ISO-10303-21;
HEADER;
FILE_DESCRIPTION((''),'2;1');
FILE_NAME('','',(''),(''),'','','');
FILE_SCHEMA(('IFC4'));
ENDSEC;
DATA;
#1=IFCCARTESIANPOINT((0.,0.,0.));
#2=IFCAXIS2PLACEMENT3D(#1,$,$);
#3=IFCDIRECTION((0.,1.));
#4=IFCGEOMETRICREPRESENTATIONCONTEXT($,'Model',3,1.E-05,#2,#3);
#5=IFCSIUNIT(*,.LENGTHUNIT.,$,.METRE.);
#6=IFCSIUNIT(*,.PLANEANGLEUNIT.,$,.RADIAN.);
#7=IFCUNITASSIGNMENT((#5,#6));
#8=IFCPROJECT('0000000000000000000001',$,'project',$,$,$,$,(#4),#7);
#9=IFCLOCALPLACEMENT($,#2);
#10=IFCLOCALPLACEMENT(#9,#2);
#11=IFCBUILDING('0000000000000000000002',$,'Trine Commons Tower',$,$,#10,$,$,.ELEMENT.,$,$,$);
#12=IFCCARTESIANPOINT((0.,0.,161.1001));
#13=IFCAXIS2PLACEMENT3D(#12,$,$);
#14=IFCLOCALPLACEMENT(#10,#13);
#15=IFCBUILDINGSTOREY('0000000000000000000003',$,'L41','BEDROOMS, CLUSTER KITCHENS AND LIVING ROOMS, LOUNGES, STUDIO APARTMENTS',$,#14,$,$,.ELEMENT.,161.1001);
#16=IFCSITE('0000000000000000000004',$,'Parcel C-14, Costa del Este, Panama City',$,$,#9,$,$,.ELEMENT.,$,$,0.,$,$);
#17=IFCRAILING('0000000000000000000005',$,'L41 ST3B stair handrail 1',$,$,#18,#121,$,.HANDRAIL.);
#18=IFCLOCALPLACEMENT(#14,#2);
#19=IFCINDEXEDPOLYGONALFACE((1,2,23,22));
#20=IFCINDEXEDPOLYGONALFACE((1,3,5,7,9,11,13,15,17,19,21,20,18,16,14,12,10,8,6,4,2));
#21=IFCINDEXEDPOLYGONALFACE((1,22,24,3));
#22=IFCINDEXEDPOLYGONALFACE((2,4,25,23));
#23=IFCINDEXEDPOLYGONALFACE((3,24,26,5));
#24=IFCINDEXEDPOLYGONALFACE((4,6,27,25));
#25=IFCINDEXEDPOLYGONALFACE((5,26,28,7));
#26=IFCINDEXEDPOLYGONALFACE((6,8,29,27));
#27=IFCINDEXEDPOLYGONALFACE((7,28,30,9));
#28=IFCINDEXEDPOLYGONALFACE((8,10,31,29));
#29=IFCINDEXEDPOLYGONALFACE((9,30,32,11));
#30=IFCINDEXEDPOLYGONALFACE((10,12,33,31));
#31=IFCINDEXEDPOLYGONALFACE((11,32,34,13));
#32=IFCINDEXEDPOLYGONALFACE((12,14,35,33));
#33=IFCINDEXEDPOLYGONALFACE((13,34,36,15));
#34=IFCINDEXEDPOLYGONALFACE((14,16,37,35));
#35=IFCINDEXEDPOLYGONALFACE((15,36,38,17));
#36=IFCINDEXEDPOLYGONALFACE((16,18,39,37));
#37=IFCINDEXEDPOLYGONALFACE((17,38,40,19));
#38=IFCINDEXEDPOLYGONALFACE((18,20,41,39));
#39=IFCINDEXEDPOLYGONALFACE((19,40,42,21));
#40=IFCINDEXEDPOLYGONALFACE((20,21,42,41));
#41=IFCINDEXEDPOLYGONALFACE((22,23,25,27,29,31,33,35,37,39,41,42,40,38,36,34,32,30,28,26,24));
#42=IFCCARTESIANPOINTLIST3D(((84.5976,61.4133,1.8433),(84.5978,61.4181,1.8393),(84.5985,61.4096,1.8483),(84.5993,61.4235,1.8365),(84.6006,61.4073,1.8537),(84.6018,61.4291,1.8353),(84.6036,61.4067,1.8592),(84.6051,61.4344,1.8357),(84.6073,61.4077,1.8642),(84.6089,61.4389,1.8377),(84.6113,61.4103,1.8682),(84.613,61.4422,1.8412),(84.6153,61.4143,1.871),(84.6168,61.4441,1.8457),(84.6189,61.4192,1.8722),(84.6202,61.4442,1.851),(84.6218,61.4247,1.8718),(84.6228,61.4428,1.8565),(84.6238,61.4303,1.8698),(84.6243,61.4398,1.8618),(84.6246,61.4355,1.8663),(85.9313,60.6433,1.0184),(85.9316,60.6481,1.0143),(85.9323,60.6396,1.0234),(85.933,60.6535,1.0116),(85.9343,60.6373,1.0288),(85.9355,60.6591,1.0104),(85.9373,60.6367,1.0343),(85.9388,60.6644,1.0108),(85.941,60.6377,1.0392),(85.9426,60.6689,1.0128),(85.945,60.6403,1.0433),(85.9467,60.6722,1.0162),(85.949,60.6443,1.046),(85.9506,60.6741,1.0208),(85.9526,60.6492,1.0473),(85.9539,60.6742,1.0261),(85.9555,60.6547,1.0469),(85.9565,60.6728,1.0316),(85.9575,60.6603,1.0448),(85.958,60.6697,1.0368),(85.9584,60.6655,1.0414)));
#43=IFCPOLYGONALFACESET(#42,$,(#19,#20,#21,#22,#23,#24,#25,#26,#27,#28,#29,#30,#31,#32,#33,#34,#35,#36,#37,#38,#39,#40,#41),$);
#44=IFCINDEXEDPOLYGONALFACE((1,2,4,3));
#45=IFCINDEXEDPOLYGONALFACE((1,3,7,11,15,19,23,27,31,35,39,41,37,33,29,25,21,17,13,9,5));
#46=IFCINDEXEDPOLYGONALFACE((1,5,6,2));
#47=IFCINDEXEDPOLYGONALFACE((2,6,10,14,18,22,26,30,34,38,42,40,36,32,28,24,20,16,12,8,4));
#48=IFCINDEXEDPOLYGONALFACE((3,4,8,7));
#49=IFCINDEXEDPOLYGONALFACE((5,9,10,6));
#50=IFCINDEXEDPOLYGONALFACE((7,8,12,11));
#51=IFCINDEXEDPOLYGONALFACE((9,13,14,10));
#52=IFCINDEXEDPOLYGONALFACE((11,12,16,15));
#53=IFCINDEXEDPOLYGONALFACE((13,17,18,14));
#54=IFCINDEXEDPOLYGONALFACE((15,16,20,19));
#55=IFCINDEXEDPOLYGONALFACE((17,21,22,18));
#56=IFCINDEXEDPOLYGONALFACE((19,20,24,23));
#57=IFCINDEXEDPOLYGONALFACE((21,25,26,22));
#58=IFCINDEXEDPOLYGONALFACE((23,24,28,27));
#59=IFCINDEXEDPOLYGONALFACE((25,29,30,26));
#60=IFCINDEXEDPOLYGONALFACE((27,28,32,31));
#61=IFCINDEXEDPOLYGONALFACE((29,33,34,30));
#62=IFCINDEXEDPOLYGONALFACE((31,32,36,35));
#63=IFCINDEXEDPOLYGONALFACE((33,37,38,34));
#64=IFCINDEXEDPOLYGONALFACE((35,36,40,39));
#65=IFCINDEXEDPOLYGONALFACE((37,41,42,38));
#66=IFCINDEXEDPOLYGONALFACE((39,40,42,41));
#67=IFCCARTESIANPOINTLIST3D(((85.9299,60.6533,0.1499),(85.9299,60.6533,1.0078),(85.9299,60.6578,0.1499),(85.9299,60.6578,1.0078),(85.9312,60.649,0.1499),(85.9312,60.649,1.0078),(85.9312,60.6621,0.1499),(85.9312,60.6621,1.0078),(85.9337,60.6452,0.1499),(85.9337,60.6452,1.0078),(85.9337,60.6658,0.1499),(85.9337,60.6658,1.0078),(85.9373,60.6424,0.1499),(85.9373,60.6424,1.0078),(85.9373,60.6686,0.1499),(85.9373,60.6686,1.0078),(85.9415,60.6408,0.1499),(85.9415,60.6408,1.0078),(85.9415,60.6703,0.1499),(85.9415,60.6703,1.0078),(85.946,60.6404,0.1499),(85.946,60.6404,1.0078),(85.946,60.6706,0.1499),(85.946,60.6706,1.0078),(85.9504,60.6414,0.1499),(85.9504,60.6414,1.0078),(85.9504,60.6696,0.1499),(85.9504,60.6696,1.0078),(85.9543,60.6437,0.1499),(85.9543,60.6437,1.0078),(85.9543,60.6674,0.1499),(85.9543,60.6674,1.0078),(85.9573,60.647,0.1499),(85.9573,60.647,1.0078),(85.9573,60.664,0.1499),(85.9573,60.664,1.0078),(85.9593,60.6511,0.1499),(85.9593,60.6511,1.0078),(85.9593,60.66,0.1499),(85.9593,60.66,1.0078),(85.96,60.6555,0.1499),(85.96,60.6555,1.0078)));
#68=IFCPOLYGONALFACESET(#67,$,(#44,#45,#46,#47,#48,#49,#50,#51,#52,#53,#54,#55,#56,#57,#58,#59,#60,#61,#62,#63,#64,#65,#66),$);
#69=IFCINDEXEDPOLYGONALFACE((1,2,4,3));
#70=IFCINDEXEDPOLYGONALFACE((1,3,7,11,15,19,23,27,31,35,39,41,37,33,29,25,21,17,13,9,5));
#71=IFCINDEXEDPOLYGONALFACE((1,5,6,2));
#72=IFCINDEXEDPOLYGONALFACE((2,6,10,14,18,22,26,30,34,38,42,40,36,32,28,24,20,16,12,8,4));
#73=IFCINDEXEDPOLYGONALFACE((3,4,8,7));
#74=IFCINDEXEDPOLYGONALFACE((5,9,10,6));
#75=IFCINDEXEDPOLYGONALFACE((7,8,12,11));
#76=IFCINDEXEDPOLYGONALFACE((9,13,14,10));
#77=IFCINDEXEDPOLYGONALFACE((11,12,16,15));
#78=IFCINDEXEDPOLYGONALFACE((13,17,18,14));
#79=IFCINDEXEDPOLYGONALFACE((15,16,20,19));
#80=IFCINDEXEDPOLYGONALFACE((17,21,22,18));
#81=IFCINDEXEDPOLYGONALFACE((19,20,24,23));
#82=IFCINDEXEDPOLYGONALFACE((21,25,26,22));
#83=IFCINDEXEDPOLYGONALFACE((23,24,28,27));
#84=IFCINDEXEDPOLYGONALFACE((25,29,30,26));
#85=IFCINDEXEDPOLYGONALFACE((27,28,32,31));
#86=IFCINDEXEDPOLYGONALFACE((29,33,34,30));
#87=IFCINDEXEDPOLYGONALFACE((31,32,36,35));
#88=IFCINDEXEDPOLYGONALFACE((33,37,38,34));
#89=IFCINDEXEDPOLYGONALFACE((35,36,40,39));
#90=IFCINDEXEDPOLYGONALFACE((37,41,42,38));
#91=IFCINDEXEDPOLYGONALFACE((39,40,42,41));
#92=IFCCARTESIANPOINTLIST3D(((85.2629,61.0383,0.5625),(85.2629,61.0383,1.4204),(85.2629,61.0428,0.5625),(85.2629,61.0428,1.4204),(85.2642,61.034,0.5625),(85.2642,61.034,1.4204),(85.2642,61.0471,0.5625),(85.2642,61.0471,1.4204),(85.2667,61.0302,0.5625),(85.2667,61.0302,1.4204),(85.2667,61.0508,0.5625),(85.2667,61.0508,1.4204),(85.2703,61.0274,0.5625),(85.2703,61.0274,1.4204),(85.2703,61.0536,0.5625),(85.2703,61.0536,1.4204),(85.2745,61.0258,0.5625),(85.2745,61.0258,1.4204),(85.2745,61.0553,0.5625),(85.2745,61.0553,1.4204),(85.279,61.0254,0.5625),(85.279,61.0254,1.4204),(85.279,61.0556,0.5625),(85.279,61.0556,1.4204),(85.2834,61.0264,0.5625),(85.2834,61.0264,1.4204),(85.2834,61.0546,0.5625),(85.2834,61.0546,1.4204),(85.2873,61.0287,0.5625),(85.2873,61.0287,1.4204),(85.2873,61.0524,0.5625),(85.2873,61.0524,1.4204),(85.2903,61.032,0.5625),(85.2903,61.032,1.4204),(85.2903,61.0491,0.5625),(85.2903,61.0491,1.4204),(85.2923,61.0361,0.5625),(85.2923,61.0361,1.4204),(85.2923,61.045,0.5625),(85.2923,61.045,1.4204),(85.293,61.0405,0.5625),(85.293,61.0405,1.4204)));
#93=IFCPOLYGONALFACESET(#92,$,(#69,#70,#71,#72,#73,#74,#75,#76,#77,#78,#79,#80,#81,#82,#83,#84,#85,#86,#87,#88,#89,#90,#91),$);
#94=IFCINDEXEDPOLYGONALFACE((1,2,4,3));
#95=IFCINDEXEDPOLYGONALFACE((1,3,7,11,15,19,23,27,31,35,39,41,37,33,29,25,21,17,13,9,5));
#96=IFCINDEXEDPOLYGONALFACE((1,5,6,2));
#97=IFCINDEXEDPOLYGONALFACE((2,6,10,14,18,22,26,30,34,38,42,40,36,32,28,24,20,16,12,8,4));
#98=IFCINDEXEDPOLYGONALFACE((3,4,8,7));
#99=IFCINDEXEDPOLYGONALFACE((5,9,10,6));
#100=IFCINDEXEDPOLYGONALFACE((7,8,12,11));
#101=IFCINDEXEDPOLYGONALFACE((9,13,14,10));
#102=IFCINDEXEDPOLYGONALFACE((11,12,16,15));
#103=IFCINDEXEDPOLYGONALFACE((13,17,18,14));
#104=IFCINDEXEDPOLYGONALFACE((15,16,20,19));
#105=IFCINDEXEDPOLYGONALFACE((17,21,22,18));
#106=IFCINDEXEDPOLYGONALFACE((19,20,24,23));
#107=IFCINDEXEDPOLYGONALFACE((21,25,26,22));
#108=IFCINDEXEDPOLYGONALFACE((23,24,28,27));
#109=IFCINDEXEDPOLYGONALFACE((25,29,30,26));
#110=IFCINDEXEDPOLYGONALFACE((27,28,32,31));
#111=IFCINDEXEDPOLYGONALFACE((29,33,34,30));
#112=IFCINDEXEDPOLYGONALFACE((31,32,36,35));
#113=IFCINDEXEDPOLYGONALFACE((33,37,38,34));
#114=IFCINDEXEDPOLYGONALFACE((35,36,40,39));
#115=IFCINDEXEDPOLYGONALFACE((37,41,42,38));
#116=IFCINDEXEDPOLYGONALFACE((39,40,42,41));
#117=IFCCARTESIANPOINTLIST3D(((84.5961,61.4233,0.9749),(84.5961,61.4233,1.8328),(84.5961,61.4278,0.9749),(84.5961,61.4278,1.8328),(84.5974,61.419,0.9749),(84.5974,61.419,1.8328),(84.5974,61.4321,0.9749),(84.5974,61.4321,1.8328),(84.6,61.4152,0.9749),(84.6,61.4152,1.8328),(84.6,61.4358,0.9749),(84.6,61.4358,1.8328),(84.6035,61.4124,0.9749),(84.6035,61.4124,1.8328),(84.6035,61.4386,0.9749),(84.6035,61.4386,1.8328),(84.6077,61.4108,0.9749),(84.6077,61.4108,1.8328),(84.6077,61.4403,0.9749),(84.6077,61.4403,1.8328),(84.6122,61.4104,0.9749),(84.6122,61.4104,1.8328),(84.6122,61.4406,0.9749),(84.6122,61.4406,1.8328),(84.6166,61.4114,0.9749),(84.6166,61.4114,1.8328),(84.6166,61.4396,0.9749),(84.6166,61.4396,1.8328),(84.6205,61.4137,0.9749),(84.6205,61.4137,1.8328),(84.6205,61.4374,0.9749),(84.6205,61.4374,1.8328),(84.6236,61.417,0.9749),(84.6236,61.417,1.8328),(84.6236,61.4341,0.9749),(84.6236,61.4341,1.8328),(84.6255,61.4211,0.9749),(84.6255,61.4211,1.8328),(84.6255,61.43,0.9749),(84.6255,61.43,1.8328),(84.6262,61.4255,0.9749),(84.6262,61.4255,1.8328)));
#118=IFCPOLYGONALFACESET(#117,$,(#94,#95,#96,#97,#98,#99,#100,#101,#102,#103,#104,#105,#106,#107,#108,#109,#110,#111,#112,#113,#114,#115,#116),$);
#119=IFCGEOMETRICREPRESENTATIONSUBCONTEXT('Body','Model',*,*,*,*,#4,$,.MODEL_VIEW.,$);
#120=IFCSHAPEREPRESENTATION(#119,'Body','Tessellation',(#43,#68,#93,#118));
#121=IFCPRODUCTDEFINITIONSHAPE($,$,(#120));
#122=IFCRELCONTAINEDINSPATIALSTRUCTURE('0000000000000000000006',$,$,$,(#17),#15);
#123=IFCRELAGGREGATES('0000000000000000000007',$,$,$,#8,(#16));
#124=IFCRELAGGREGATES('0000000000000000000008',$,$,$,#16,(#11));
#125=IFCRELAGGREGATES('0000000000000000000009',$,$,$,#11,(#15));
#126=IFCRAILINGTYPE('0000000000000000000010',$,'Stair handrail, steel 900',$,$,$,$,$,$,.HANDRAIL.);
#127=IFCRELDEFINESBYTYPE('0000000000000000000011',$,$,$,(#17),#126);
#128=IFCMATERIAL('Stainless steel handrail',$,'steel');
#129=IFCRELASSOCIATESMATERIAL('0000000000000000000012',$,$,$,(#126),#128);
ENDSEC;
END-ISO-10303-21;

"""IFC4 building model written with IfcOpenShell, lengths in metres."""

from ifc_helpers import new_model, si_unit, direction, frame, origin, origin_2d, place, context, subcontext, project, spatial, circle, extrude, material, type_object, element, save


model = new_model("IFC4")

# Units and contexts
model_context = context("Model", 3, precision=1e-05, world=origin(), true_north=direction((0.0, 1.0)))
body_context = subcontext(model_context, "Body", "Model", "MODEL_VIEW")
ifc_project = project(units=[si_unit("LENGTHUNIT", "METRE"), si_unit("PLANEANGLEUNIT", "RADIAN")], contexts=[model_context])

# Site, building, storey
site_placement = place(None, origin())
site = spatial("IfcSite", under=ifc_project, at=site_placement, Name="Parcel C-14, Costa del Este, Panama City", CompositionType="ELEMENT", RefElevation=0.0)
building_placement = place(site_placement, origin())
building = spatial("IfcBuilding", under=site, at=building_placement, Name="Trine Commons Tower", CompositionType="ELEMENT")
storey_placement = place(building_placement, frame((0.0, 0.0, 161.1001)))
storey = spatial("IfcBuildingStorey", under=building, at=storey_placement, Name="L41", Description="BEDROOMS, CLUSTER KITCHENS AND LIVING ROOMS, LOUNGES, STUDIO APARTMENTS", CompositionType="ELEMENT", Elevation=161.1001)

# Railing
ifc_material_1 = material(Name="Stainless steel handrail", Category="steel")
railing_type_1 = type_object("IfcRailingType", Name="Stair handrail, steel 900", PredefinedType="HANDRAIL", material=ifc_material_1)
for number, where, name in (
    (1, (85.9448, 60.6555, 0.1499), "L41 ST3B stair handrail 1"),
):
    element("IfcRailing", number, at=place(storey_placement, frame(where)), inside=storey, type_object=railing_type_1, Name=name, PredefinedType="HANDRAIL", context=body_context, shape_type="SweptSolid", body=[
        extrude(circle(Radius=0.021, at=origin_2d()), frame((0.0, 0.0, 0.8789), z_axis=(-0.763405, 0.440743, 0.472185), x_axis=(-0.499992, -0.86603, 0.0)), (0.0, 0.0, 1.0), 1.7471),
        extrude(circle(Radius=0.0151, at=origin_2d()), origin(), (0.0, 0.0, 1.0), 0.8579),
        extrude(circle(Radius=0.0151, at=origin_2d()), frame((-0.667, 0.385, 0.4126)), (0.0, 0.0, 1.0), 0.8579),
        extrude(circle(Radius=0.0151, at=origin_2d()), frame((-1.3337, 0.77, 0.825)), (0.0, 0.0, 1.0), 0.8579),
    ])

save(model, "model.ifc")
